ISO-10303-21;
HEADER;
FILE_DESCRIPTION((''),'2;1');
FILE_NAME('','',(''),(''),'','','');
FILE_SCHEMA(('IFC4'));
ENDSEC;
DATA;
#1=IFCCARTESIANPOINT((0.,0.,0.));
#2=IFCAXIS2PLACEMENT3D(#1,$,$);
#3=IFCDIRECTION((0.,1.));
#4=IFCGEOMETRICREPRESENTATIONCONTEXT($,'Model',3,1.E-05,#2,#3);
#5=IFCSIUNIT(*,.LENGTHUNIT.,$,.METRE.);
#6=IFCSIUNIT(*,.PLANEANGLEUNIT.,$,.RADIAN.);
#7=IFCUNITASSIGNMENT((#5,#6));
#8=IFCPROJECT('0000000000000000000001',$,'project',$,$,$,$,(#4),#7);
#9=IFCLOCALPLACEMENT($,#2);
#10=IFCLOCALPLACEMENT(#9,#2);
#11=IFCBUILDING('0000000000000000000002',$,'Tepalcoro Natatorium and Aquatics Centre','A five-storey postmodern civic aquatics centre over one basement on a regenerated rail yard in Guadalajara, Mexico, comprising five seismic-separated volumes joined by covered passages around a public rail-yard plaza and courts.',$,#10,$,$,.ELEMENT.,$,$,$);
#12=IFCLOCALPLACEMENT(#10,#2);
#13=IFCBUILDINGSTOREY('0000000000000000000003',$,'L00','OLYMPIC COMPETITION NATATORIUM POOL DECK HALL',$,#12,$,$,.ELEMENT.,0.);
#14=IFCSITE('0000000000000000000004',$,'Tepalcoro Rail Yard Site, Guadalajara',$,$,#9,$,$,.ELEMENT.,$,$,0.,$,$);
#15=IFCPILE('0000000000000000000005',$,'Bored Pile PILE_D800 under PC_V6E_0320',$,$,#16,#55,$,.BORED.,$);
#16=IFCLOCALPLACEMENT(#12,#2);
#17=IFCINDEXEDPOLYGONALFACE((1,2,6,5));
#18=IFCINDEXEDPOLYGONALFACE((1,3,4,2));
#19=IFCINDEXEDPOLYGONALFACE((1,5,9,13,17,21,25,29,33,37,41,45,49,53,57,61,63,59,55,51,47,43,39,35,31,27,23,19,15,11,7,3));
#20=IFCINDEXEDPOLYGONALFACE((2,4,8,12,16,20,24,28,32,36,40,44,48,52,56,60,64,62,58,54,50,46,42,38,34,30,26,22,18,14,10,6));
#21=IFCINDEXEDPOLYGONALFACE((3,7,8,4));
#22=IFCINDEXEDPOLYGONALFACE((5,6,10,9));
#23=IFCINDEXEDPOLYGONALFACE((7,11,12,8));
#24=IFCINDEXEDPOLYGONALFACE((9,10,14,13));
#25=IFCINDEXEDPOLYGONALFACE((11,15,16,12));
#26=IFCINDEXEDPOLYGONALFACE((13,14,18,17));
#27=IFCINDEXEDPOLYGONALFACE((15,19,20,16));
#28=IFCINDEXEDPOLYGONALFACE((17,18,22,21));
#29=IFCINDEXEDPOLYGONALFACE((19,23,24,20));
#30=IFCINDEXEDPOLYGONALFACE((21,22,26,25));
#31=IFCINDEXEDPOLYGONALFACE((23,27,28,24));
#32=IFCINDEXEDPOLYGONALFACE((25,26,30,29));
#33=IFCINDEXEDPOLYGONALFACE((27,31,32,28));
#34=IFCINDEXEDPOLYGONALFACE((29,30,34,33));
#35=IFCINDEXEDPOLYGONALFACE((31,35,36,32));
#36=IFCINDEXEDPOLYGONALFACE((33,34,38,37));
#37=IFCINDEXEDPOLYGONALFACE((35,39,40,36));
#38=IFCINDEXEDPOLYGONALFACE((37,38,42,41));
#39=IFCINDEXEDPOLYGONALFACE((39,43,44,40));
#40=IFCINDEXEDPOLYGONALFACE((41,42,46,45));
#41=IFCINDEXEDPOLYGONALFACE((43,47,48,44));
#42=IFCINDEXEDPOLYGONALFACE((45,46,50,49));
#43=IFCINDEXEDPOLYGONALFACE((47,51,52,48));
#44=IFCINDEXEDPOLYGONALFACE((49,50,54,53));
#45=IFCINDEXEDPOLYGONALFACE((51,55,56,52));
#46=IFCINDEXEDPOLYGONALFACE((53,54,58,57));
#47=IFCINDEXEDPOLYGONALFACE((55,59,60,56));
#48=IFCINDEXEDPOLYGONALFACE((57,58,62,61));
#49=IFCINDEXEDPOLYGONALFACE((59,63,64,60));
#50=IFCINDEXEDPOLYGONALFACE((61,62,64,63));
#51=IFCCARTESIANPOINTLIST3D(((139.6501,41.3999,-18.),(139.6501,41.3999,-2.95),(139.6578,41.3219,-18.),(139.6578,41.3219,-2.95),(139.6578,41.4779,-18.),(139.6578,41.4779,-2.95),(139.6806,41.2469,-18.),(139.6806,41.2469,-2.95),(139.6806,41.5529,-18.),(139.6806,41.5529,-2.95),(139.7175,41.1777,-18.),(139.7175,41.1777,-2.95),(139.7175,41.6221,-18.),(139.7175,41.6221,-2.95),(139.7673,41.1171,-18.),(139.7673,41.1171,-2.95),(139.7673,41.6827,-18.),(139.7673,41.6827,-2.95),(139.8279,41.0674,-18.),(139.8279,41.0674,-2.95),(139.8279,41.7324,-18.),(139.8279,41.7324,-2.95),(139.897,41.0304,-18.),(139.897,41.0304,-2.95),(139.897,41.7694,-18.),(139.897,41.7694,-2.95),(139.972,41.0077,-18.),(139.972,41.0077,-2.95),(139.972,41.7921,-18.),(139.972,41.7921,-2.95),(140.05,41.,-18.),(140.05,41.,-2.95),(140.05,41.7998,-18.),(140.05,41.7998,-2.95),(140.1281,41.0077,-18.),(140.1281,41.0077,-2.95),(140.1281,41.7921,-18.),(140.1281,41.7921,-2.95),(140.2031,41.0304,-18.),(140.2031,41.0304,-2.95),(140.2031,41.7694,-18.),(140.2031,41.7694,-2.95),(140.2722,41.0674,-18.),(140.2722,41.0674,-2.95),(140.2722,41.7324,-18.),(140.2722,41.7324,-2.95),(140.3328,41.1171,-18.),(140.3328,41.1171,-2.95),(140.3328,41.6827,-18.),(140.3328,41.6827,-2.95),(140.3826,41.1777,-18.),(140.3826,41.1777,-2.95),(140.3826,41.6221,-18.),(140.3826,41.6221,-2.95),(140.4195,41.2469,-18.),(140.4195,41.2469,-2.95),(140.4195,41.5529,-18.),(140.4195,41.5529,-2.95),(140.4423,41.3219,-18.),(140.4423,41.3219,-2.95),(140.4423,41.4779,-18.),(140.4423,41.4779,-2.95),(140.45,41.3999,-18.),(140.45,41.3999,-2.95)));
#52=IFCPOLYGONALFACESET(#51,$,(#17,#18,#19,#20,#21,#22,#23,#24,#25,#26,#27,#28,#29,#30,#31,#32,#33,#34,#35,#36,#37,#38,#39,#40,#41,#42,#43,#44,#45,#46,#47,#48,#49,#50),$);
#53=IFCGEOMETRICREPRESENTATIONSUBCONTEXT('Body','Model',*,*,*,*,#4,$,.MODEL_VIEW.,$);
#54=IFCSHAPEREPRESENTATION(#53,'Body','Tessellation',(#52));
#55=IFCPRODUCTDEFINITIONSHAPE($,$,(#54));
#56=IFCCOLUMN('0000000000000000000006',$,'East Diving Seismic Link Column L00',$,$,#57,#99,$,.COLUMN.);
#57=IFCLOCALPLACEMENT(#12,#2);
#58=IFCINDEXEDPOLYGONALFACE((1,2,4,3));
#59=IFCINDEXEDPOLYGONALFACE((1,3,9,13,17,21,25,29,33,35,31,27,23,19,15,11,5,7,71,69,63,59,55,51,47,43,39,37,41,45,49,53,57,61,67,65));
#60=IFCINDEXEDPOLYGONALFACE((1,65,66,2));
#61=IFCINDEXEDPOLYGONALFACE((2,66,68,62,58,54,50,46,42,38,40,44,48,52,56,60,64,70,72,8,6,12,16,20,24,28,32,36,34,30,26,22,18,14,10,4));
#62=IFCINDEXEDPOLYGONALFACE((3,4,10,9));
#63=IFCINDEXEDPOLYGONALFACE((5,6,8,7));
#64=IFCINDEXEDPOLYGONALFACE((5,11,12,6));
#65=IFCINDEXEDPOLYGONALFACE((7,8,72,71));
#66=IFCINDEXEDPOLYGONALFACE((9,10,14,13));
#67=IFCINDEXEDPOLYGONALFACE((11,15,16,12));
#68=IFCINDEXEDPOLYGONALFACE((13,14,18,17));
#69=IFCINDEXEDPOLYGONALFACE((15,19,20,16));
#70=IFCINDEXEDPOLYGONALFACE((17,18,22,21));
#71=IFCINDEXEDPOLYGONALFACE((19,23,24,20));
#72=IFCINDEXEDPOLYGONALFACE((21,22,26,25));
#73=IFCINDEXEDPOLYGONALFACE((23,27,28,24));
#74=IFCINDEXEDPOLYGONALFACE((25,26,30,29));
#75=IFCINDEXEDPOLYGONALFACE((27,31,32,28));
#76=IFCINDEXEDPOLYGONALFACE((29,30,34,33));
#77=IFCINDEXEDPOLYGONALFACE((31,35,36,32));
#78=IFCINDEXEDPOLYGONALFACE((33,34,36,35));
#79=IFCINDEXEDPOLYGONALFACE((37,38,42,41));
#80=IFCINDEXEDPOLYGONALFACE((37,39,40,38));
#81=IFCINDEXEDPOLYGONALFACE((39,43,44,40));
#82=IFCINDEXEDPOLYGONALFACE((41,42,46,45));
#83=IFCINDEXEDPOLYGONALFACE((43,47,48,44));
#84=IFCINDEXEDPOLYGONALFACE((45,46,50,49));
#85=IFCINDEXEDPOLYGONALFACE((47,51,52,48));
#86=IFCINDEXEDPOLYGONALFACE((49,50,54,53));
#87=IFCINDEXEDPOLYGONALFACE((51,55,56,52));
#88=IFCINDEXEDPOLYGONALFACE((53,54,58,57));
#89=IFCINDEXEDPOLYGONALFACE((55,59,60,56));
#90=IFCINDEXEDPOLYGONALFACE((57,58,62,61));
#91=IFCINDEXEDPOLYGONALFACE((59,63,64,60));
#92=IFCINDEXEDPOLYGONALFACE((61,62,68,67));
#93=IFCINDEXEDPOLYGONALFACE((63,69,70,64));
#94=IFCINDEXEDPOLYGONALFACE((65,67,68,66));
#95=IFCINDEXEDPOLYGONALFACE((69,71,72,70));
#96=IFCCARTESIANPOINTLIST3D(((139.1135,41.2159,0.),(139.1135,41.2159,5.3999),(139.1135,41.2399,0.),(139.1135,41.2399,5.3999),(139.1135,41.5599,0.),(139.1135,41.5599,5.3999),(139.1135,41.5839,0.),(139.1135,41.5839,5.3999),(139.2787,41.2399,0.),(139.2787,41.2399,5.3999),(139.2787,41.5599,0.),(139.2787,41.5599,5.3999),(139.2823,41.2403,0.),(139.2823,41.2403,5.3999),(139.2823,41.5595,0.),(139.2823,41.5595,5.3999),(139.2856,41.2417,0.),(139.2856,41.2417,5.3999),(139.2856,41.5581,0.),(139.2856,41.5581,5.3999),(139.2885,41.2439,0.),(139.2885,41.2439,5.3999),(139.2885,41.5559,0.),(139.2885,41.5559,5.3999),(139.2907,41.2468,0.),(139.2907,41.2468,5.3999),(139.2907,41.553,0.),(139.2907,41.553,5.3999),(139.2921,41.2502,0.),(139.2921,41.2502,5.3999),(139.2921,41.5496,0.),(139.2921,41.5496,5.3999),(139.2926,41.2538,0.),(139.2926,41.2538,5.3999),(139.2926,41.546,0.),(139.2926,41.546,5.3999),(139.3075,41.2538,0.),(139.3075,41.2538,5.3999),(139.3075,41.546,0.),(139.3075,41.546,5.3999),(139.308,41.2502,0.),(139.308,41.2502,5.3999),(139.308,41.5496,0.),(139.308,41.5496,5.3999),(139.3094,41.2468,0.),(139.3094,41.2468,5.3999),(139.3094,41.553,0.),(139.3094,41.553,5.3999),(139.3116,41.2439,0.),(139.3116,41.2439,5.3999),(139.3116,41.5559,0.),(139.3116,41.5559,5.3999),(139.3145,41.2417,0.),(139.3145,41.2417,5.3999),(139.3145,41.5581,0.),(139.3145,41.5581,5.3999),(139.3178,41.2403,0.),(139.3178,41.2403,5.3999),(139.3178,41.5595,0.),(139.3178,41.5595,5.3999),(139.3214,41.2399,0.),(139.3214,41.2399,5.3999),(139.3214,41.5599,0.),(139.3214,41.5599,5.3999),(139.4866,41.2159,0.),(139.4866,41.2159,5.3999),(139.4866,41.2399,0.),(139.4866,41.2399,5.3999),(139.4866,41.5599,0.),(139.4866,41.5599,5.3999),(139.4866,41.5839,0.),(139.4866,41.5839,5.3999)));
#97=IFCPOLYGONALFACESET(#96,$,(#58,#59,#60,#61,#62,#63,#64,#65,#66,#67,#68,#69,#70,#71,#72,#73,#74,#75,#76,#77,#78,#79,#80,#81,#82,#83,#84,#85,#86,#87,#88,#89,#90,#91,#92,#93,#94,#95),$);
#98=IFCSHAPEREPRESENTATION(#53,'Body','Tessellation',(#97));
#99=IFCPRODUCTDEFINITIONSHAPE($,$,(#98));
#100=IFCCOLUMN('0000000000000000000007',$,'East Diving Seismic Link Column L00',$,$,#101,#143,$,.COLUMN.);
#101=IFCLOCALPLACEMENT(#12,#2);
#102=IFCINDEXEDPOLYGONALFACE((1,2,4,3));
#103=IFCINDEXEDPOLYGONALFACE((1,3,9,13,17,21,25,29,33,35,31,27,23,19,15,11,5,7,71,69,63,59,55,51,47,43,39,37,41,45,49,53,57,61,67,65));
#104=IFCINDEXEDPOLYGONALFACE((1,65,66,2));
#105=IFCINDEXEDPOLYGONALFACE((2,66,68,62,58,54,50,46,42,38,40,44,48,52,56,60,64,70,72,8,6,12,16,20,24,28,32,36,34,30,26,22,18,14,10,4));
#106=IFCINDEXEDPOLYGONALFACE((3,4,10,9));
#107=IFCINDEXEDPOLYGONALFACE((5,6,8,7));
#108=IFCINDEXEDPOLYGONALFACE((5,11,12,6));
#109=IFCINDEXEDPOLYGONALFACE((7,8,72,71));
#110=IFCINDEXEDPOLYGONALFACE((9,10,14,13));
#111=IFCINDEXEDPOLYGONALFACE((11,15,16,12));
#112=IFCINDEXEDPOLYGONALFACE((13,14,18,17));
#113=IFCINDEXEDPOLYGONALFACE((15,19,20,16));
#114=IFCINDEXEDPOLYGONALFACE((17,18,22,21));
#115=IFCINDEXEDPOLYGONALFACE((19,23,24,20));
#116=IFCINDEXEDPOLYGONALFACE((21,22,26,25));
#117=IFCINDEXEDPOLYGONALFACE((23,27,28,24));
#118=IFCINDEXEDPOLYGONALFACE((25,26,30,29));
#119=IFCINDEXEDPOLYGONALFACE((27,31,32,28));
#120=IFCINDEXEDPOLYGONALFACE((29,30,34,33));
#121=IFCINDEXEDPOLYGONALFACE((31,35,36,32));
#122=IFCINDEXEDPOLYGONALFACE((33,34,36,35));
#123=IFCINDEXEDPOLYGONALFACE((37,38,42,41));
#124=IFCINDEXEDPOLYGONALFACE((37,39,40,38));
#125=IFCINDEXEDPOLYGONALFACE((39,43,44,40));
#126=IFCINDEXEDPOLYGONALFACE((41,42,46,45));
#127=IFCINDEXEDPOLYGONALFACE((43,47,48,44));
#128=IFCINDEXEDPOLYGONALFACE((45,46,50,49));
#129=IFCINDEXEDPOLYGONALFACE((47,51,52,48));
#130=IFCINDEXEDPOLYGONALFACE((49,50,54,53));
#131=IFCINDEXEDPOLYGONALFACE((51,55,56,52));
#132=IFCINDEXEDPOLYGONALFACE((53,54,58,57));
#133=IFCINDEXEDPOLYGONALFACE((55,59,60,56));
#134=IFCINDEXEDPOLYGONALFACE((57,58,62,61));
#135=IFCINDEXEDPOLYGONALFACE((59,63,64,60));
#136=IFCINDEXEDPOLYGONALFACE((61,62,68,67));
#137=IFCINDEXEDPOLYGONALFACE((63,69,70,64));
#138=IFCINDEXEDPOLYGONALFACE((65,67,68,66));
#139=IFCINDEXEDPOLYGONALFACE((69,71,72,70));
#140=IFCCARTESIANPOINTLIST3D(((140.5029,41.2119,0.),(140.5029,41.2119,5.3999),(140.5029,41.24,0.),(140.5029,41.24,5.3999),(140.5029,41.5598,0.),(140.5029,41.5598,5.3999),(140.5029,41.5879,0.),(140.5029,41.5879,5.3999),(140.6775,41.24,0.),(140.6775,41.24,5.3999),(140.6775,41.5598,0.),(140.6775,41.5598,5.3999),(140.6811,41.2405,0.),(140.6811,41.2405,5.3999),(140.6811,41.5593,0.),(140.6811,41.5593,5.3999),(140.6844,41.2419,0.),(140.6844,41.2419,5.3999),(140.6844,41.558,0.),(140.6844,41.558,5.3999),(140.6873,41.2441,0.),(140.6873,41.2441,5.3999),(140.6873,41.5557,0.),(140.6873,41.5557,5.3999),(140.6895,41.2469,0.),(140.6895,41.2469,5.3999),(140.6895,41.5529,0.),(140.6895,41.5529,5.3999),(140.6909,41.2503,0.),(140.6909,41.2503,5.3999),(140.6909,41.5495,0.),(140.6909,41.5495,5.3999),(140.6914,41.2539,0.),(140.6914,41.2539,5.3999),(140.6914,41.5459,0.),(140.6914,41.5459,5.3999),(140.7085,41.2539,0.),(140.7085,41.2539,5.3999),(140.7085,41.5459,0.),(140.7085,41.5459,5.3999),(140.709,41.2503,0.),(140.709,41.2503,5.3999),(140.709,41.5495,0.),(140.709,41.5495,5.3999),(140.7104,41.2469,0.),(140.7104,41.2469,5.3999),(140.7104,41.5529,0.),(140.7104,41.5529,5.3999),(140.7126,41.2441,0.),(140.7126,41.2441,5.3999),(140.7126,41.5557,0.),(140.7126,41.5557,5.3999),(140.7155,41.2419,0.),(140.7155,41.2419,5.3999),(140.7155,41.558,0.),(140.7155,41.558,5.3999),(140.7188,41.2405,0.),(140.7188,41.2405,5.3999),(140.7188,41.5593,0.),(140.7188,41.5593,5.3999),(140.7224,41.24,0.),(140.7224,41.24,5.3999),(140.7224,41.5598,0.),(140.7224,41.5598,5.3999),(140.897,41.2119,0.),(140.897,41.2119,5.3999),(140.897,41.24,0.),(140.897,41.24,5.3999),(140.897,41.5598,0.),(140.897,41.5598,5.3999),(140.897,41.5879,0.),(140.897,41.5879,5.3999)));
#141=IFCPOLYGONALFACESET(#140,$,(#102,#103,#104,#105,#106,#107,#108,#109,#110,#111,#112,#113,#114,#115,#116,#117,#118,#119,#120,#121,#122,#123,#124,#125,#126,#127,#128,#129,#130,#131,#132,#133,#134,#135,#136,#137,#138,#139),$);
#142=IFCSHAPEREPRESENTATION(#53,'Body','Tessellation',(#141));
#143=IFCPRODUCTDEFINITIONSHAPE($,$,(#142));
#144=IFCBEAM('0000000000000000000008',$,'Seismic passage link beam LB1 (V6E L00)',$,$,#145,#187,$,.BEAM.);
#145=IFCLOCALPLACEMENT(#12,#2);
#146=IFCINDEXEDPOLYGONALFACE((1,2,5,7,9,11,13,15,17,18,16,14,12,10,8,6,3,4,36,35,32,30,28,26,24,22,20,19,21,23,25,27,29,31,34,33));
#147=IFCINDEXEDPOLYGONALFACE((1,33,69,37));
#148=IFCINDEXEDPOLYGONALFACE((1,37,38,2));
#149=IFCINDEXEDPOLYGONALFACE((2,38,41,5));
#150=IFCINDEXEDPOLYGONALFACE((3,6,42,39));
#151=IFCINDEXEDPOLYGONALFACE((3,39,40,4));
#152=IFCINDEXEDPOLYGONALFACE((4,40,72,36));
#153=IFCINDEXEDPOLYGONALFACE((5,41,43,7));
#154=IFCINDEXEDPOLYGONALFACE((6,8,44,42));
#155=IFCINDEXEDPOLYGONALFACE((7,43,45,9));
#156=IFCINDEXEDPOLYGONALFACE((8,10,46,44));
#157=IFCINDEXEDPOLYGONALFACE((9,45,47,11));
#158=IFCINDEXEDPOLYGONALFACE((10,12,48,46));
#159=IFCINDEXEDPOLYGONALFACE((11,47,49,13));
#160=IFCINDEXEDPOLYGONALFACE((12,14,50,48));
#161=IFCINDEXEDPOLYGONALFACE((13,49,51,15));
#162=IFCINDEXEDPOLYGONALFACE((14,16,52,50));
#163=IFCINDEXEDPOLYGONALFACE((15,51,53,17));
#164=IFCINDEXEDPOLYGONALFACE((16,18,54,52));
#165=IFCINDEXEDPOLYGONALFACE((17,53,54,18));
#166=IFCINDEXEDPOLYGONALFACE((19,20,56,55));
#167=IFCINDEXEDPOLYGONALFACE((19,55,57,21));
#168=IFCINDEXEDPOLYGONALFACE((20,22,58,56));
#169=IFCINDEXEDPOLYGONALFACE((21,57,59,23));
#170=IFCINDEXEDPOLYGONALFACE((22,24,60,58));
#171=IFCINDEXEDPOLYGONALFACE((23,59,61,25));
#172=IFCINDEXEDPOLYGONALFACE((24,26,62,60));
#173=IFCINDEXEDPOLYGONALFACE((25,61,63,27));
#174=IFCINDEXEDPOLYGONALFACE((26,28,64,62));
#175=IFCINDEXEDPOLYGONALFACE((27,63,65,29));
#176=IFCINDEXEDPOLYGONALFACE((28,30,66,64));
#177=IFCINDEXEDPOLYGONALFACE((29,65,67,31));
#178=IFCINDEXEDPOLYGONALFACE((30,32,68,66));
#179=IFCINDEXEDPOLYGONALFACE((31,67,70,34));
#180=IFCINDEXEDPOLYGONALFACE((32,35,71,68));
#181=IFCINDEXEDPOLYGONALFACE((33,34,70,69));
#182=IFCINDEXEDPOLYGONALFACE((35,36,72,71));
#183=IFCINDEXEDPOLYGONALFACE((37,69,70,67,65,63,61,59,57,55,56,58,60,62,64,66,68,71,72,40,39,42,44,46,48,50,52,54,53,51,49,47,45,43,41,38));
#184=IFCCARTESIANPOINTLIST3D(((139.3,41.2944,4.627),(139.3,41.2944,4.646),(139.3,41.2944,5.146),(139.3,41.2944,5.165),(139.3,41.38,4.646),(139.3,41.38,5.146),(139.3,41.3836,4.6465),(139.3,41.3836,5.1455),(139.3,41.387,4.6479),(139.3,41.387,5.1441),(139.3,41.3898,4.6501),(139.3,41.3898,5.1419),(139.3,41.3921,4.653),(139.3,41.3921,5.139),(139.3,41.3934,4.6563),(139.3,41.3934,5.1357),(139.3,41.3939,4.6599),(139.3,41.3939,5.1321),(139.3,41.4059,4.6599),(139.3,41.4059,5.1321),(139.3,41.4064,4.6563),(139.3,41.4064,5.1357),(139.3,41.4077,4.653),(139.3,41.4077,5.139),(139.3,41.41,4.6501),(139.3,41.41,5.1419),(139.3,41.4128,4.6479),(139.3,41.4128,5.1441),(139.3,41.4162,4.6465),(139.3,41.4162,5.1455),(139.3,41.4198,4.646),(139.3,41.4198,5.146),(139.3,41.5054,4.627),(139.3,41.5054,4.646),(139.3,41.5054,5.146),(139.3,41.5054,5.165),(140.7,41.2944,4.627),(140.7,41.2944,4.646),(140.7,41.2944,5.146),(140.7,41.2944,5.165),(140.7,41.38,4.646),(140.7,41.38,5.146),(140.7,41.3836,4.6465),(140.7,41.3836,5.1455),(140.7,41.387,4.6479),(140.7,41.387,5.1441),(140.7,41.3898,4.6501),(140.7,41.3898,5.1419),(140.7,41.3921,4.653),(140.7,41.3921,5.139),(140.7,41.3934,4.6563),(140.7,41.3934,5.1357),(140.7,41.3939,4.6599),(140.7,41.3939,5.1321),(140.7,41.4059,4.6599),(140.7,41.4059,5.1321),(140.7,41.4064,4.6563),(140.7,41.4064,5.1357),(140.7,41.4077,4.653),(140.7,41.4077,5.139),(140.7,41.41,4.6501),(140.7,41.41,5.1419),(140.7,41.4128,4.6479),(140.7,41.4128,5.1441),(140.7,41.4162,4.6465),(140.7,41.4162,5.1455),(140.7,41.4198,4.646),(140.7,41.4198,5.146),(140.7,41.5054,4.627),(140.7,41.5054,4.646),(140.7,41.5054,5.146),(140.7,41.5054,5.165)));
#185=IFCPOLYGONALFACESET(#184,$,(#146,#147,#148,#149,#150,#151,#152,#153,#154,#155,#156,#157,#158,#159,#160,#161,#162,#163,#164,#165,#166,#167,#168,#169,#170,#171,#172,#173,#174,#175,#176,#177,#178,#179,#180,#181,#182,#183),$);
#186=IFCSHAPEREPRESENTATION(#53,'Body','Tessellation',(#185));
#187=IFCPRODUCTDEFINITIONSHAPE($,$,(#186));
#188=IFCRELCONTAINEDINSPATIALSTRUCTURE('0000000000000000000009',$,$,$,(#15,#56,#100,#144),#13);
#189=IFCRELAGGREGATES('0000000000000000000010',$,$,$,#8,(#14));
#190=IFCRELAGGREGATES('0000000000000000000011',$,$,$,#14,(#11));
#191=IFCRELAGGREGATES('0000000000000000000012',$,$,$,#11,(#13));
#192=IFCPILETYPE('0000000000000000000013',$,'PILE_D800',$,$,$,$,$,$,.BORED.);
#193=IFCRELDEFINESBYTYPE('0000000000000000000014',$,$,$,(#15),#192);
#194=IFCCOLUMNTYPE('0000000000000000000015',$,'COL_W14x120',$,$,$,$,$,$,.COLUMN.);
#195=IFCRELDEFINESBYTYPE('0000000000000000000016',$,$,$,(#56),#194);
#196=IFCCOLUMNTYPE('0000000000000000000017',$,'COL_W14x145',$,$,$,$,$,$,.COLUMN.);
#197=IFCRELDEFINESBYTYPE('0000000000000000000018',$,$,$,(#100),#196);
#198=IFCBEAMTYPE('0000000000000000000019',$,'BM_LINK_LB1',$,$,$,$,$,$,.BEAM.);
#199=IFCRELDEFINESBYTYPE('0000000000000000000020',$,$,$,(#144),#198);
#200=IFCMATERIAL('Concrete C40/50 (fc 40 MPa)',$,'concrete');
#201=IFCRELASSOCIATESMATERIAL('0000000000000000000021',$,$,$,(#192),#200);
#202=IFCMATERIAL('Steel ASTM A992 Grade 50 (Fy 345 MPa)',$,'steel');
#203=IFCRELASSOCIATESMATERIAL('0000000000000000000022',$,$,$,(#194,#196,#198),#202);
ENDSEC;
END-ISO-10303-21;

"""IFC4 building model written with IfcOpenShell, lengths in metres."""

from ifc_helpers import new_model, si_unit, direction, frame, origin, origin_2d, place, context, subcontext, project, spatial, circle, i_section, extrude, material, material_profile, profile_set, type_object, element, save


model = new_model("IFC4")

# Units and contexts
model_context = context("Model", 3, precision=1e-05, world=origin(), true_north=direction((0.0, 1.0)))
body_context = subcontext(model_context, "Body", "Model", "MODEL_VIEW")
ifc_project = project(units=[si_unit("LENGTHUNIT", "METRE"), si_unit("PLANEANGLEUNIT", "RADIAN")], contexts=[model_context])

# Site, building, storey
site_placement = place(None, origin())
site = spatial("IfcSite", under=ifc_project, at=site_placement, Name="Tepalcoro Rail Yard Site, Guadalajara", CompositionType="ELEMENT", RefElevation=0.0)
building_placement = place(site_placement, origin())
building = spatial("IfcBuilding", under=site, at=building_placement, Name="Tepalcoro Natatorium and Aquatics Centre", Description="A five-storey postmodern civic aquatics centre over one basement on a regenerated rail yard in Guadalajara, Mexico, comprising five seismic-separated volumes joined by covered passages around a public rail-yard plaza and courts.", CompositionType="ELEMENT")
storey_placement = place(building_placement, origin())
storey = spatial("IfcBuildingStorey", under=building, at=storey_placement, Name="L00", Description="OLYMPIC COMPETITION NATATORIUM POOL DECK HALL", CompositionType="ELEMENT", Elevation=0.0)

# Pile
ifc_material_1 = material(Name="Concrete C40/50 (fc 40 MPa)", Category="concrete")
ifc_material_profile_1 = material_profile(ifc_material_1, circle(Radius=0.3999, at=origin_2d()), Name="PILE_D800")
ifc_profile_set_1 = profile_set([ifc_material_profile_1], Name="Concrete C40/50 (fc 40 MPa)")
pile_type = type_object("IfcPileType", Name="PILE_D800", PredefinedType="BORED", material=ifc_profile_set_1)
pile_placement = place(storey_placement, frame((140.05, 41.3999, -2.95), z_axis=(0.0, 0.0, -1.0), x_axis=(1.0, 0.0, 0.0)))
element("IfcPile", 1, at=pile_placement, inside=storey, type_object=pile_type, Name="Bored Pile PILE_D800 under PC_V6E_0320", PredefinedType="BORED", context=body_context, shape_type="SweptSolid", body=[
    extrude(circle(Radius=0.3999, at=origin_2d()), origin(), (0.0, 0.0, 1.0), 15.05),
])

# Columns
ifc_material_2 = material(Name="Steel ASTM A992 Grade 50 (Fy 345 MPa)", Category="steel")
ifc_material_profile_2 = material_profile(ifc_material_2, i_section(OverallWidth=0.373, OverallDepth=0.3679, WebThickness=0.0149, FlangeThickness=0.0239, FilletRadius=0.0139, at=origin_2d()), Name="W14X120")
ifc_profile_set_2 = profile_set([ifc_material_profile_2], Name="Steel ASTM A992 Grade 50 (Fy 345 MPa)")
column_type_1 = type_object("IfcColumnType", Name="COL_W14x120", PredefinedType="COLUMN", material=ifc_profile_set_2)
column_1_placement = place(storey_placement, frame((139.3, 41.3999, 0.0), z_axis=(0.0, 0.0, 1.0), x_axis=(1.0, 0.0, 0.0)))
element("IfcColumn", 2, at=column_1_placement, inside=storey, type_object=column_type_1, Name="East Diving Seismic Link Column L00", PredefinedType="COLUMN", context=body_context, shape_type="SweptSolid", body=[
    extrude(i_section(OverallWidth=0.373, OverallDepth=0.3679, WebThickness=0.0149, FlangeThickness=0.0239, FilletRadius=0.0139, at=origin_2d()), origin(), (0.0, 0.0, 1.0), 5.3999),
])
ifc_material_profile_3 = material_profile(ifc_material_2, i_section(OverallWidth=0.394, OverallDepth=0.376, WebThickness=0.0171, FlangeThickness=0.0281, FilletRadius=0.0139, at=origin_2d()), Name="W14X145")
ifc_profile_set_3 = profile_set([ifc_material_profile_3], Name="Steel ASTM A992 Grade 50 (Fy 345 MPa)")
column_type_2 = type_object("IfcColumnType", Name="COL_W14x145", PredefinedType="COLUMN", material=ifc_profile_set_3)
column_2_placement = place(storey_placement, frame((140.7, 41.3999, 0.0), z_axis=(0.0, 0.0, 1.0), x_axis=(1.0, 0.0, 0.0)))
element("IfcColumn", 3, at=column_2_placement, inside=storey, type_object=column_type_2, Name="East Diving Seismic Link Column L00", PredefinedType="COLUMN", context=body_context, shape_type="SweptSolid", body=[
    extrude(i_section(OverallWidth=0.394, OverallDepth=0.376, WebThickness=0.0171, FlangeThickness=0.0281, FilletRadius=0.0139, at=origin_2d()), origin(), (0.0, 0.0, 1.0), 5.3999),
])

# Beam
ifc_material_profile_4 = material_profile(ifc_material_2, i_section(OverallWidth=0.2109, OverallDepth=0.5381, WebThickness=0.012, FlangeThickness=0.019, FilletRadius=0.0139, at=origin_2d()), Name="W21X73")
ifc_profile_set_4 = profile_set([ifc_material_profile_4], Name="Steel ASTM A992 Grade 50 (Fy 345 MPa)")
beam_type = type_object("IfcBeamType", Name="BM_LINK_LB1", PredefinedType="BEAM", material=ifc_profile_set_4)
beam_placement = place(storey_placement, frame((139.3, 41.3999, 4.896), z_axis=(1.0, 0.0, 0.0), x_axis=(0.0, 1.0, 0.0)))
element("IfcBeam", 4, at=beam_placement, inside=storey, type_object=beam_type, Name="Seismic passage link beam LB1 (V6E L00)", PredefinedType="BEAM", context=body_context, shape_type="SweptSolid", body=[
    extrude(i_section(OverallWidth=0.2109, OverallDepth=0.5381, WebThickness=0.012, FlangeThickness=0.019, FilletRadius=0.0139, at=origin_2d()), origin(), (0.0, 0.0, 1.0), 1.3999),
])

save(model, "model.ifc")
